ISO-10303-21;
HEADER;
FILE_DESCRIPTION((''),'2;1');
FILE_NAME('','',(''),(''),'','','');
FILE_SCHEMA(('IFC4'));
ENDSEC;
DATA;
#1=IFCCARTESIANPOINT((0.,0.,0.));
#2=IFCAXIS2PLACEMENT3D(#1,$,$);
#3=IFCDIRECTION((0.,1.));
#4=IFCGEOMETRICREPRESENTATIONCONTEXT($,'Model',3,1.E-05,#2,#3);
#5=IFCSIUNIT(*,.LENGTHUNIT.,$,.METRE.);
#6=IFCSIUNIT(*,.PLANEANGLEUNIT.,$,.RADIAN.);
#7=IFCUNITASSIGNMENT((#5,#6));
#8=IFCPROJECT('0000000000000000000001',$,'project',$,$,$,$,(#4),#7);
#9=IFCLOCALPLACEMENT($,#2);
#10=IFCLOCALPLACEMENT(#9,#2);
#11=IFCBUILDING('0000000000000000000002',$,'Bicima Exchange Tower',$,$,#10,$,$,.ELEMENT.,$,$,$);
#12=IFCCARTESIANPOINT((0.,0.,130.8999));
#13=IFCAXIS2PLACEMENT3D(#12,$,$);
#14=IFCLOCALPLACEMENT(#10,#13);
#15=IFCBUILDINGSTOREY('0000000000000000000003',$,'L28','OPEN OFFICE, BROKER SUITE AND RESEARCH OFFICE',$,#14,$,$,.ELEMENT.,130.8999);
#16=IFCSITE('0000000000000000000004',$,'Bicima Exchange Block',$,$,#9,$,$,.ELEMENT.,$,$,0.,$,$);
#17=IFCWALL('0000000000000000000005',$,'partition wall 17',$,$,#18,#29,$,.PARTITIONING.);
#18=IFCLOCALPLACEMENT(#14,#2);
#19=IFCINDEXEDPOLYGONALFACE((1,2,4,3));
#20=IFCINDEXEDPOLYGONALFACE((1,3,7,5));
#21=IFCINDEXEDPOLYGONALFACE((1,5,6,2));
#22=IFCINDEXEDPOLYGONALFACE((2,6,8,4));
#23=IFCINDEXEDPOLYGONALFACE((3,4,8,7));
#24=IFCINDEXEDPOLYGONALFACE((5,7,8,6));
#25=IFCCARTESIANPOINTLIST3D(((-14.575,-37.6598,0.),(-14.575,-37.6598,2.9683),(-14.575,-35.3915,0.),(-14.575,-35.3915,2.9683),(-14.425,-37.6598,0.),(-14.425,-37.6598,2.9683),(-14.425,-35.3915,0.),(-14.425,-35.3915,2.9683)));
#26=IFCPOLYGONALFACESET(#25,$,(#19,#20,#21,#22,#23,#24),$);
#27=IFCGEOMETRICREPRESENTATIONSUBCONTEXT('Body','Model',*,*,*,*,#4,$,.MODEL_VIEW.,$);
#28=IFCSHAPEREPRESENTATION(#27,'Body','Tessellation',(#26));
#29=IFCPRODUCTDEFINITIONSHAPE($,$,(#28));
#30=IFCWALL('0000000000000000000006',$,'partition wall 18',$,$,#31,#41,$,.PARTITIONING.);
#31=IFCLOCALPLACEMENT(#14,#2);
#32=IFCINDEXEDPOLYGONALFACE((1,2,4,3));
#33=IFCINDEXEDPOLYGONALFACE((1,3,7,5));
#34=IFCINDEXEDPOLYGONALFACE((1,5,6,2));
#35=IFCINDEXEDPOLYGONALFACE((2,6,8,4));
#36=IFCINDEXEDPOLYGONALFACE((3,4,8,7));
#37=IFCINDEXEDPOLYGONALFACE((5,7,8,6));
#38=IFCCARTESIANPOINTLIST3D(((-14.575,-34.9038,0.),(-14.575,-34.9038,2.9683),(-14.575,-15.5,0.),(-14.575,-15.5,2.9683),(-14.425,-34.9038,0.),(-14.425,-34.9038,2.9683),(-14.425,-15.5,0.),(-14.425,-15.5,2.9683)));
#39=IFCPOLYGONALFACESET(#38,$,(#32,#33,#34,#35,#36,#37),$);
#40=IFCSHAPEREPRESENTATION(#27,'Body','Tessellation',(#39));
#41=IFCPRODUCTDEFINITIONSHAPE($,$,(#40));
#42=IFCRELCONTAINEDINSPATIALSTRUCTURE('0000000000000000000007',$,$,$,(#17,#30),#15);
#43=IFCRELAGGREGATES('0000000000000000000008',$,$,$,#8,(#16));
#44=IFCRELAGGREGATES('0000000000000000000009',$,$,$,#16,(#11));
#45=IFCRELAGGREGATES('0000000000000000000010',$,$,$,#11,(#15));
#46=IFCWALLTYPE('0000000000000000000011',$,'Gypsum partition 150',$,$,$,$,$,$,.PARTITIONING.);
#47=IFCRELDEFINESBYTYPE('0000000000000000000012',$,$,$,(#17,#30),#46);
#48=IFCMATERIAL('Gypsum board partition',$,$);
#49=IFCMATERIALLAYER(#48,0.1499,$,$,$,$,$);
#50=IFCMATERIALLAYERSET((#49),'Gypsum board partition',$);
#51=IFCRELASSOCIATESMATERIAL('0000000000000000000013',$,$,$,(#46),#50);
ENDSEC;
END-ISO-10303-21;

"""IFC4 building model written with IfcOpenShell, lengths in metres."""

from ifc_helpers import new_model, si_unit, direction, frame, frame_2d, origin, place, context, subcontext, project, spatial, rectangle, extrude, material, layer, layer_set, type_object, element, save


model = new_model("IFC4")

# Units and contexts
model_context = context("Model", 3, precision=1e-05, world=origin(), true_north=direction((0.0, 1.0)))
body_context = subcontext(model_context, "Body", "Model", "MODEL_VIEW")
ifc_project = project(units=[si_unit("LENGTHUNIT", "METRE"), si_unit("PLANEANGLEUNIT", "RADIAN")], contexts=[model_context])

# Site, building, storey
site_placement = place(None, origin())
site = spatial("IfcSite", under=ifc_project, at=site_placement, Name="Bicima Exchange Block", CompositionType="ELEMENT", RefElevation=0.0)
building_placement = place(site_placement, origin())
building = spatial("IfcBuilding", under=site, at=building_placement, Name="Bicima Exchange Tower", CompositionType="ELEMENT")
storey_placement = place(building_placement, frame((0.0, 0.0, 130.8999)))
storey = spatial("IfcBuildingStorey", under=building, at=storey_placement, Name="L28", Description="OPEN OFFICE, BROKER SUITE AND RESEARCH OFFICE", CompositionType="ELEMENT", Elevation=130.8999)

# Walls
ifc_material_1 = material(Name="Gypsum board partition")
ifc_layer_1 = layer(ifc_material_1, 0.1499)
ifc_layer_set_1 = layer_set([ifc_layer_1], Name="Gypsum board partition")
wall_type = type_object("IfcWallType", Name="Gypsum partition 150", PredefinedType="PARTITIONING", material=ifc_layer_set_1)
wall_1_placement = place(storey_placement, frame((-14.5, -37.6599, 0.0), z_axis=(0.0, 0.0, 1.0), x_axis=(0.0, 1.0, 0.0)))
element("IfcWall", 1, at=wall_1_placement, inside=storey, type_object=wall_type, Name="partition wall 17", PredefinedType="PARTITIONING", context=body_context, shape_type="SweptSolid", body=[
    extrude(rectangle(XDim=2.2683, YDim=0.1499, at=frame_2d((1.1343, 0.0))), origin(), (0.0, 0.0, 1.0), 2.9683),
])
wall_2_placement = place(storey_placement, frame((-14.5, -34.9038, 0.0), z_axis=(0.0, 0.0, 1.0), x_axis=(0.0, 1.0, 0.0)))
element("IfcWall", 2, at=wall_2_placement, inside=storey, type_object=wall_type, Name="partition wall 18", PredefinedType="PARTITIONING", context=body_context, shape_type="SweptSolid", body=[
    extrude(rectangle(XDim=19.4038, YDim=0.1499, at=frame_2d((9.7019, 0.0))), origin(), (0.0, 0.0, 1.0), 2.9683),
])

save(model, "model.ifc")
